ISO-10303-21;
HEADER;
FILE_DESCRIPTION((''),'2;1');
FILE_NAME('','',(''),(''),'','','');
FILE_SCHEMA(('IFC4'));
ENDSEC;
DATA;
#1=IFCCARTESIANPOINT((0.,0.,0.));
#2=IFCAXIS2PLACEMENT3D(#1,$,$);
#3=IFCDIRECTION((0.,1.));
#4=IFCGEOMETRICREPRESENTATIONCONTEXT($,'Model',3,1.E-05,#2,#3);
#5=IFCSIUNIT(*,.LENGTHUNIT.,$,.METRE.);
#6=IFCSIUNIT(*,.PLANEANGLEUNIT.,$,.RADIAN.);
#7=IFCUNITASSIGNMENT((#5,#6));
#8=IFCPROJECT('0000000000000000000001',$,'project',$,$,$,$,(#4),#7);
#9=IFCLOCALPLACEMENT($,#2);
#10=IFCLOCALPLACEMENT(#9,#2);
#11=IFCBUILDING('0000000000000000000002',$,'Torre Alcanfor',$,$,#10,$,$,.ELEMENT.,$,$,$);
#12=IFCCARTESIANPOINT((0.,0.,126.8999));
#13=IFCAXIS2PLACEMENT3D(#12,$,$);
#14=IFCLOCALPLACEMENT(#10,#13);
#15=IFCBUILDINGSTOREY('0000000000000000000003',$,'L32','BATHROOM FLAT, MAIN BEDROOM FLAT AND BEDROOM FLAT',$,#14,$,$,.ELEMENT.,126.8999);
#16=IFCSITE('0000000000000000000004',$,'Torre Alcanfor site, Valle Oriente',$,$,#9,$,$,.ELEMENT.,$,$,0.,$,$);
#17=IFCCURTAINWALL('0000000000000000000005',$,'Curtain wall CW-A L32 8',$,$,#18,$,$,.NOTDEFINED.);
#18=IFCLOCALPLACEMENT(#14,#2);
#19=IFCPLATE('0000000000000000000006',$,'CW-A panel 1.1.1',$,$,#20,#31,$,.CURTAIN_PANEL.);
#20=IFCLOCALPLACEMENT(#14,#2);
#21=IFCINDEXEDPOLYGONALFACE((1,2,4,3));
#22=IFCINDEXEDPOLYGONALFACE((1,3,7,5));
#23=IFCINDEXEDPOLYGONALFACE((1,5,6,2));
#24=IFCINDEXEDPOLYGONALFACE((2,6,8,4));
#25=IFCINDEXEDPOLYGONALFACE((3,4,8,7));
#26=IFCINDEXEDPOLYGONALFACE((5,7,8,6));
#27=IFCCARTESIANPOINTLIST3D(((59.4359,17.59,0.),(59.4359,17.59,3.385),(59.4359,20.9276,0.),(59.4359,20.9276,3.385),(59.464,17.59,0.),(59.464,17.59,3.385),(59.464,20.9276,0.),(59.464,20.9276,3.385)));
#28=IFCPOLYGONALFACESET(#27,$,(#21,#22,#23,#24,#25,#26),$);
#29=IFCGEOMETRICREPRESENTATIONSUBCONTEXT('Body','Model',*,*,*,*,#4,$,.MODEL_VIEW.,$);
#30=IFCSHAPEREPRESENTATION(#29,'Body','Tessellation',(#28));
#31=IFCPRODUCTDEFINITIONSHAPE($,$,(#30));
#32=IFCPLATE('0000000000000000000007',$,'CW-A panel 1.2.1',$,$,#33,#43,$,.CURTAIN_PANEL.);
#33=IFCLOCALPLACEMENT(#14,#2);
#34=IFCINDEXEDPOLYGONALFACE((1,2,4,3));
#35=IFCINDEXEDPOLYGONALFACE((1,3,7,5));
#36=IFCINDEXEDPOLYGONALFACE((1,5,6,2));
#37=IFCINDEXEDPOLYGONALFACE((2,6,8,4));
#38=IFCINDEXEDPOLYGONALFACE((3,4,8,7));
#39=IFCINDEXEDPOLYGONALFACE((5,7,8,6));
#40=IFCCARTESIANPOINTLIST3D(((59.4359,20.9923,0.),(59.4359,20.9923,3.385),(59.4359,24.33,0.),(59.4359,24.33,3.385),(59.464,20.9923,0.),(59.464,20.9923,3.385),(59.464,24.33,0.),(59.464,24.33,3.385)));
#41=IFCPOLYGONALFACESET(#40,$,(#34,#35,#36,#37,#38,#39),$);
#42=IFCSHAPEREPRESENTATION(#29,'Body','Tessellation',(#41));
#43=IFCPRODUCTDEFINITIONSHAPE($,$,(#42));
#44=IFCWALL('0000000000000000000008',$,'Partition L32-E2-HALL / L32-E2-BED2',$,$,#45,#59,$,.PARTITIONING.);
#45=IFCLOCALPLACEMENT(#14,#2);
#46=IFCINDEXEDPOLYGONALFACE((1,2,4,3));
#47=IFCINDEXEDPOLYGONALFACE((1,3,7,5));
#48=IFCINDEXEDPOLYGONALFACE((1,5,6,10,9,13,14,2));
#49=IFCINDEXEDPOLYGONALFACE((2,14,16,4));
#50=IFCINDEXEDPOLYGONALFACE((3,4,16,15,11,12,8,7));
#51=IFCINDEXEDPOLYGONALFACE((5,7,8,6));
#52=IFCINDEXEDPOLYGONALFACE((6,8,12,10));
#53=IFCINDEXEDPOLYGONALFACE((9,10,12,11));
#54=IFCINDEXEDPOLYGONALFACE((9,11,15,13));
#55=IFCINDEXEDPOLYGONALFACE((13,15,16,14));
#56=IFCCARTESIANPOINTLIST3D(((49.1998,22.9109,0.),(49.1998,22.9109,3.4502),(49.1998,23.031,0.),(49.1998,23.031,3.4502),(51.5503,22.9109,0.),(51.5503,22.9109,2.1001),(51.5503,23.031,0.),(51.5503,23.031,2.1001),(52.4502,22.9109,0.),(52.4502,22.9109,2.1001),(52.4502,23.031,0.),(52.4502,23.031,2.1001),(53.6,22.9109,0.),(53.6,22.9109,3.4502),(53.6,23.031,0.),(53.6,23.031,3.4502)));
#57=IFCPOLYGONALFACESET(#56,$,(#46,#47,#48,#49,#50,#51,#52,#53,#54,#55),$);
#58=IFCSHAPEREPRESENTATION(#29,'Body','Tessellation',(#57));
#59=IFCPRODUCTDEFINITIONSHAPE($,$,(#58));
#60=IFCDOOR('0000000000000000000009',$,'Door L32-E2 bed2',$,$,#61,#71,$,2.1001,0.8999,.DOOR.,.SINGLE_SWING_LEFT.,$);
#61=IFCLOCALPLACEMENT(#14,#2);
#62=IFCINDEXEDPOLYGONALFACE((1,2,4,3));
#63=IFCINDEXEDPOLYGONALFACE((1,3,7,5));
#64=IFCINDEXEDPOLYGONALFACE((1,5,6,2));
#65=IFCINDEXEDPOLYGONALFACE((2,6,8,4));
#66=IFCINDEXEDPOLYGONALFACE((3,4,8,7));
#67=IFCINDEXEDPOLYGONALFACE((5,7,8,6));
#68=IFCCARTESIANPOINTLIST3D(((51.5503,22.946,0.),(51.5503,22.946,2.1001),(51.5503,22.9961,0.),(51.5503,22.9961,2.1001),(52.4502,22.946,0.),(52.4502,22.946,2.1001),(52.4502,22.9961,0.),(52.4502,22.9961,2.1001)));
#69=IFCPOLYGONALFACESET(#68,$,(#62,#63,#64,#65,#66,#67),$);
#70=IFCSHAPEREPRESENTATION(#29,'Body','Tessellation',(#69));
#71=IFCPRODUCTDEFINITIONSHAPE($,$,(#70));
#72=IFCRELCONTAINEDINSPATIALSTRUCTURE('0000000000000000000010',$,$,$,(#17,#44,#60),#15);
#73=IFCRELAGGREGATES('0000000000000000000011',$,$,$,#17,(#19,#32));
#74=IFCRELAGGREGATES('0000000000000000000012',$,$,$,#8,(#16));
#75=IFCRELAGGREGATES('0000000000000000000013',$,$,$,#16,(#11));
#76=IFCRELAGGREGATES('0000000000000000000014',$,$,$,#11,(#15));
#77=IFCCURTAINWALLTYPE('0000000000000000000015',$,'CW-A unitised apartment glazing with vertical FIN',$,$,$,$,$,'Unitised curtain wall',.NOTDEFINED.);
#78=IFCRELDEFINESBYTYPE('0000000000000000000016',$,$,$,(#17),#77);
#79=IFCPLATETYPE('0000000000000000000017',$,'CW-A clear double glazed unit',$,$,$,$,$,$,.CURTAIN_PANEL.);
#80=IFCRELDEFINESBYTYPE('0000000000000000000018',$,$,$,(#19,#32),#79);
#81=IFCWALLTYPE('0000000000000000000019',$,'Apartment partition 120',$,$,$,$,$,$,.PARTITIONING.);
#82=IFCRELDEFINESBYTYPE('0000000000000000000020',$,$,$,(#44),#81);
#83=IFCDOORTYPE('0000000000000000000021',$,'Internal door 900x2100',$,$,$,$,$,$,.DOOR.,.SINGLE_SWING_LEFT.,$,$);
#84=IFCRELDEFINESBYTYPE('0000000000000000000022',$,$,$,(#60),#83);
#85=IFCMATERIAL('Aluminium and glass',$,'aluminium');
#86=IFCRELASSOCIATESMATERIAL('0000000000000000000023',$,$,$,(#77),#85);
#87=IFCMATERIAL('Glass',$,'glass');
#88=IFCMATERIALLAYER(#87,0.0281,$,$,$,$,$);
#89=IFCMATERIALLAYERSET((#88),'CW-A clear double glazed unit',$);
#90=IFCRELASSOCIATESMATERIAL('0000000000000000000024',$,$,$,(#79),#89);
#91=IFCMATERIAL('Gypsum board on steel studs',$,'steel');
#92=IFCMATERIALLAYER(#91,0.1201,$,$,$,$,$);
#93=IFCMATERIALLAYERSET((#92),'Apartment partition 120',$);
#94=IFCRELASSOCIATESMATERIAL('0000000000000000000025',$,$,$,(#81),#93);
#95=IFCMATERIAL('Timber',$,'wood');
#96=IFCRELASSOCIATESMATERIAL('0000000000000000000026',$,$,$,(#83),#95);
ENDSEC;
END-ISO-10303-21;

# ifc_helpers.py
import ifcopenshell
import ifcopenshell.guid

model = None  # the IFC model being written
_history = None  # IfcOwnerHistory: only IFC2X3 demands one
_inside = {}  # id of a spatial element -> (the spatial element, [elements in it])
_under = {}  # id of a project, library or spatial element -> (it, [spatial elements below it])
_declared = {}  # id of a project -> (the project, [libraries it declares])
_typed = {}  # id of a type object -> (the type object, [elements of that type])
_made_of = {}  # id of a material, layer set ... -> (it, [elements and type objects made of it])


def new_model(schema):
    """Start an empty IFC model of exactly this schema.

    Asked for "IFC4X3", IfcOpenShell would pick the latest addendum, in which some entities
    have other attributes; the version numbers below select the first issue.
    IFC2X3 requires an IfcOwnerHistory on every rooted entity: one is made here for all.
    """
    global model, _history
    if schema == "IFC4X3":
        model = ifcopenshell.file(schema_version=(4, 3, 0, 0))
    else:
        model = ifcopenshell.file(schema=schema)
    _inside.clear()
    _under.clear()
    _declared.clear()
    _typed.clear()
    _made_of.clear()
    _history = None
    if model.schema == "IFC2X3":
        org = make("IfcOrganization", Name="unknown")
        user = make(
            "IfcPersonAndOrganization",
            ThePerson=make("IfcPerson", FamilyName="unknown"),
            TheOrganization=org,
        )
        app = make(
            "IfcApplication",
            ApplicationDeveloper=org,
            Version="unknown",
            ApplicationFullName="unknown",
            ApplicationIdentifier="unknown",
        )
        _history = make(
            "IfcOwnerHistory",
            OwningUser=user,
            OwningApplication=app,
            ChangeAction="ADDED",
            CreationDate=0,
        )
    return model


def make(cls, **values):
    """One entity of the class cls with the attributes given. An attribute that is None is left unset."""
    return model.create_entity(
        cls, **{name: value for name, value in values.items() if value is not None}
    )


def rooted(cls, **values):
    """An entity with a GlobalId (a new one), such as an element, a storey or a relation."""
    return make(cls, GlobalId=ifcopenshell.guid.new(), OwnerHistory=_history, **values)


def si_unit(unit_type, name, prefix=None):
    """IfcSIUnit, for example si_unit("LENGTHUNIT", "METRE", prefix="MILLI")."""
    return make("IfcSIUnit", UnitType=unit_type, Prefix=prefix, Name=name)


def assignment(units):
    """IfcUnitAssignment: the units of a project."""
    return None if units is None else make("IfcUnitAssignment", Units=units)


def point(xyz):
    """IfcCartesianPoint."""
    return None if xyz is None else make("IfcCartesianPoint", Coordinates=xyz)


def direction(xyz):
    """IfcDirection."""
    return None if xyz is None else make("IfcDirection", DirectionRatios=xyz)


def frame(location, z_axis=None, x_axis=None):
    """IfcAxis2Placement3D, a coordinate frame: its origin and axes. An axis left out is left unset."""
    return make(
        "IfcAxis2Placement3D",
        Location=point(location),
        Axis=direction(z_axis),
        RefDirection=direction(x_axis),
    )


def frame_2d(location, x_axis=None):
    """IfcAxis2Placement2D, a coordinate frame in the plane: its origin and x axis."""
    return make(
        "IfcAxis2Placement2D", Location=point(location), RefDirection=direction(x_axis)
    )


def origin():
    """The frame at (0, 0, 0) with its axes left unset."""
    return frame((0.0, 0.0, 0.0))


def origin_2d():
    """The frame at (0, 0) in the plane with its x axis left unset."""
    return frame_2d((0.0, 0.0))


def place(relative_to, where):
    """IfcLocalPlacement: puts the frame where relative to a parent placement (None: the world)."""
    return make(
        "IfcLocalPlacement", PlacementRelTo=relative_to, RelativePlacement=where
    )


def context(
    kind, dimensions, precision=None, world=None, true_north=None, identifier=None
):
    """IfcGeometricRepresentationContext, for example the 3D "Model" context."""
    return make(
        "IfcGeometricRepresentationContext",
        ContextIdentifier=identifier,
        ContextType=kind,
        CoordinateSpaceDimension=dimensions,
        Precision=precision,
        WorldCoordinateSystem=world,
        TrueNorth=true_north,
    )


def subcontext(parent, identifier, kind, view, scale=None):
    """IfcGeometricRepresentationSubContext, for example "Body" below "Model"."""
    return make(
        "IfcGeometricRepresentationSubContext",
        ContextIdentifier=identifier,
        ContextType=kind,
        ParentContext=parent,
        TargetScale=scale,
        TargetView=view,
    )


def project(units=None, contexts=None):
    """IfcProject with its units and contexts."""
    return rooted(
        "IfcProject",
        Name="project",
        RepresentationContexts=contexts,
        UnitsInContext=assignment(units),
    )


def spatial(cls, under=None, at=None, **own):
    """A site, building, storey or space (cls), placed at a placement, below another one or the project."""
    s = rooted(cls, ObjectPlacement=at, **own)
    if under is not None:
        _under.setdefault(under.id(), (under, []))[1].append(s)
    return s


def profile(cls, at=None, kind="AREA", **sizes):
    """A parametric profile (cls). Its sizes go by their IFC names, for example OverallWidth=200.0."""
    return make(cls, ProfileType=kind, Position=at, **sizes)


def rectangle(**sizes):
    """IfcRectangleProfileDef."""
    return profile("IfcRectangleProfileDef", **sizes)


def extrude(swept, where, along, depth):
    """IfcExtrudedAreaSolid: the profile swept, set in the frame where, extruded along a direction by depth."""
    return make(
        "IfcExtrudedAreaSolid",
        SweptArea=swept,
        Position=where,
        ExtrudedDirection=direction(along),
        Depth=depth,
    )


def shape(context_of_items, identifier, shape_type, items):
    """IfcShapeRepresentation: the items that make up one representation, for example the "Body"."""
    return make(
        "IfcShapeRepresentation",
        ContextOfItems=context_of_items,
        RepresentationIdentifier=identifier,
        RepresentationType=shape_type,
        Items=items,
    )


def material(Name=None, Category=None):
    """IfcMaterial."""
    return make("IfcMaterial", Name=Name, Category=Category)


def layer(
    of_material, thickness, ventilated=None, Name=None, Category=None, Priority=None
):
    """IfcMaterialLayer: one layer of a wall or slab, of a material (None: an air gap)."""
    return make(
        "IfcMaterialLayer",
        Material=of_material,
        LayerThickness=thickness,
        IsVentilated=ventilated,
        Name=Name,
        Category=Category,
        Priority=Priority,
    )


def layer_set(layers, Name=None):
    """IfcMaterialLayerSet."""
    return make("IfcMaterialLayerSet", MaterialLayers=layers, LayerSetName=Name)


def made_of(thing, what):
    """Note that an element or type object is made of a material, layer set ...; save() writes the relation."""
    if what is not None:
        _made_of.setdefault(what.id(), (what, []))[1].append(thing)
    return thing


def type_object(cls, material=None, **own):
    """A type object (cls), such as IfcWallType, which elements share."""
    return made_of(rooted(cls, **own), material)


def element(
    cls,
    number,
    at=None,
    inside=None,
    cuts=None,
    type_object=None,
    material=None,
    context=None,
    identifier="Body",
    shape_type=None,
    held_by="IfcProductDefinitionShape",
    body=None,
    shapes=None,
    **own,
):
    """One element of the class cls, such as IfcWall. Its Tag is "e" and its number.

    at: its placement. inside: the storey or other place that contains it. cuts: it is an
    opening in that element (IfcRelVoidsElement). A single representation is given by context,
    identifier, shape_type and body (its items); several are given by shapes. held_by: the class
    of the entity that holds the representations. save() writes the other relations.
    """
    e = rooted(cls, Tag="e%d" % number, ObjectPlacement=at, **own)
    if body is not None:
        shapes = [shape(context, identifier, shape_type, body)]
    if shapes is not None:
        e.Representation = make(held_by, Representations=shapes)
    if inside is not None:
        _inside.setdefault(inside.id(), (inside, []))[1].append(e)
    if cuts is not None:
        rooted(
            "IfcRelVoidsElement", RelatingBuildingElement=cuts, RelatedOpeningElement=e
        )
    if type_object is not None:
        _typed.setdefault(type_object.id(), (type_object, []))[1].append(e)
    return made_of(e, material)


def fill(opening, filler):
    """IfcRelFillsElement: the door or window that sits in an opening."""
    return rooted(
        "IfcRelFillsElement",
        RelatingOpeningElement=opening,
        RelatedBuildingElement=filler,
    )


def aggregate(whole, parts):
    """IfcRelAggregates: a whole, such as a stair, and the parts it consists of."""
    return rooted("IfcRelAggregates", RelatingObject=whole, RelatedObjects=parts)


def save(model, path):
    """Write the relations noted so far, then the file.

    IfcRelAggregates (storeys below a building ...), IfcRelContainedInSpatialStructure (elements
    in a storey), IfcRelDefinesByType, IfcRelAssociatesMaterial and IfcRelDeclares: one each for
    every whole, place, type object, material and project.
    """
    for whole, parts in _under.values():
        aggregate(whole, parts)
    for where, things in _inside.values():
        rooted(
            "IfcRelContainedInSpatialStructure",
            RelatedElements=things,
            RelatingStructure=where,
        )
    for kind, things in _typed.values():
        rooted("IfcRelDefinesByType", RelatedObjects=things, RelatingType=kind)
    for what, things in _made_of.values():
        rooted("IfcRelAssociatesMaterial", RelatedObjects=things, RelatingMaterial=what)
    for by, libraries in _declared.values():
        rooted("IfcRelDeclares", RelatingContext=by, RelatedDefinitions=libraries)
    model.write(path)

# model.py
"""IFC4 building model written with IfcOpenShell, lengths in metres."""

from ifc_helpers import new_model, si_unit, direction, frame, frame_2d, origin, origin_2d, place, context, subcontext, project, spatial, rectangle, extrude, material, layer, layer_set, type_object, element, fill, aggregate, save


model = new_model("IFC4")

# Units and contexts
model_context = context("Model", 3, precision=1e-05, world=origin(), true_north=direction((0.0, 1.0)))
body_context = subcontext(model_context, "Body", "Model", "MODEL_VIEW")
ifc_project = project(units=[si_unit("LENGTHUNIT", "METRE"), si_unit("PLANEANGLEUNIT", "RADIAN")], contexts=[model_context])

# Site, building, storey
site_placement = place(None, origin())
site = spatial("IfcSite", under=ifc_project, at=site_placement, Name="Torre Alcanfor site, Valle Oriente", CompositionType="ELEMENT", RefElevation=0.0)
building_placement = place(site_placement, origin())
building = spatial("IfcBuilding", under=site, at=building_placement, Name="Torre Alcanfor", CompositionType="ELEMENT")
storey_placement = place(building_placement, frame((0.0, 0.0, 126.8999)))
storey = spatial("IfcBuildingStorey", under=building, at=storey_placement, Name="L32", Description="BATHROOM FLAT, MAIN BEDROOM FLAT AND BEDROOM FLAT", CompositionType="ELEMENT", Elevation=126.8999)

# Curtain wall
ifc_material_1 = material(Name="Aluminium and glass", Category="aluminium")
curtain_wall_type = type_object("IfcCurtainWallType", Name="CW-A unitised apartment glazing with vertical FIN", ElementType="Unitised curtain wall", PredefinedType="NOTDEFINED", material=ifc_material_1)
curtain_wall_placement = place(storey_placement, origin())
curtain_wall = element("IfcCurtainWall", 1, at=curtain_wall_placement, inside=storey, type_object=curtain_wall_type, Name="Curtain wall CW-A L32 8", PredefinedType="NOTDEFINED")

# Plates
ifc_material_2 = material(Name="Glass", Category="glass")
ifc_layer_1 = layer(ifc_material_2, 0.0281)
ifc_layer_set_1 = layer_set([ifc_layer_1], Name="CW-A clear double glazed unit")
plate_type = type_object("IfcPlateType", Name="CW-A clear double glazed unit", PredefinedType="CURTAIN_PANEL", material=ifc_layer_set_1)
plate_1_placement = place(storey_placement, frame((59.45, 19.2588, 0.0), z_axis=(0.0, 0.0, 1.0), x_axis=(0.0, 1.0, 0.0)))
plate_1 = element("IfcPlate", 2, at=plate_1_placement, type_object=plate_type, Name="CW-A panel 1.1.1", PredefinedType="CURTAIN_PANEL", context=body_context, shape_type="SweptSolid", body=[
    extrude(rectangle(XDim=3.3376, YDim=0.0281, at=origin_2d()), origin(), (0.0, 0.0, 1.0), 3.385),
])
plate_2_placement = place(storey_placement, frame((59.45, 22.6611, 0.0), z_axis=(0.0, 0.0, 1.0), x_axis=(0.0, 1.0, 0.0)))
plate_2 = element("IfcPlate", 3, at=plate_2_placement, type_object=plate_type, Name="CW-A panel 1.2.1", PredefinedType="CURTAIN_PANEL", context=body_context, shape_type="SweptSolid", body=[
    extrude(rectangle(XDim=3.3376, YDim=0.0281, at=origin_2d()), origin(), (0.0, 0.0, 1.0), 3.385),
])
aggregate(curtain_wall, [plate_1, plate_2])

# Wall, opening, door
ifc_material_3 = material(Name="Gypsum board on steel studs", Category="steel")
ifc_layer_2 = layer(ifc_material_3, 0.1201)
ifc_layer_set_2 = layer_set([ifc_layer_2], Name="Apartment partition 120")
wall_type_1 = type_object("IfcWallType", Name="Apartment partition 120", PredefinedType="PARTITIONING", material=ifc_layer_set_2)
wall_1_placement = place(storey_placement, frame((53.6001, 22.9709, 0.0), z_axis=(0.0, 0.0, 1.0), x_axis=(-1.0, 0.0, 0.0)))
wall_1 = element("IfcWall", 4, at=wall_1_placement, inside=storey, type_object=wall_type_1, Name="Partition L32-E2-HALL / L32-E2-BED2", PredefinedType="PARTITIONING", context=body_context, shape_type="SweptSolid", body=[
    extrude(rectangle(XDim=4.4001, YDim=0.1201, at=frame_2d((2.2002, 0.0))), origin(), (0.0, 0.0, 1.0), 3.4502),
])
opening_placement = place(wall_1_placement, frame((1.1499, 0.0, 0.0)))
opening = element("IfcOpeningElement", 5, at=opening_placement, cuts=wall_1, PredefinedType="OPENING", context=body_context, shape_type="SweptSolid", body=[
    extrude(rectangle(XDim=0.8999, YDim=2.1001, at=frame_2d((0.45, 1.05))), frame((0.0, 0.0701, 0.0), z_axis=(0.0, -1.0, 0.0), x_axis=(1.0, 0.0, 0.0)), (0.0, 0.0, 1.0), 0.1401),
])
ifc_material_4 = material(Name="Timber", Category="wood")
door_type = type_object("IfcDoorType", Name="Internal door 900x2100", OperationType="SINGLE_SWING_LEFT", PredefinedType="DOOR", material=ifc_material_4)
door_placement = place(opening_placement, origin())
door = element("IfcDoor", 6, at=door_placement, inside=storey, type_object=door_type, Name="Door L32-E2 bed2", OperationType="SINGLE_SWING_LEFT", OverallHeight=2.1001, OverallWidth=0.8999, PredefinedType="DOOR", context=body_context, shape_type="SweptSolid", body=[
    extrude(rectangle(XDim=0.8999, YDim=2.1001, at=frame_2d((0.45, 1.05))), frame((0.0, 0.0249, 0.0), z_axis=(0.0, -1.0, 0.0), x_axis=(1.0, 0.0, 0.0)), (0.0, 0.0, 1.0), 0.05),
])
fill(opening, door)

save(model, "model.ifc")
